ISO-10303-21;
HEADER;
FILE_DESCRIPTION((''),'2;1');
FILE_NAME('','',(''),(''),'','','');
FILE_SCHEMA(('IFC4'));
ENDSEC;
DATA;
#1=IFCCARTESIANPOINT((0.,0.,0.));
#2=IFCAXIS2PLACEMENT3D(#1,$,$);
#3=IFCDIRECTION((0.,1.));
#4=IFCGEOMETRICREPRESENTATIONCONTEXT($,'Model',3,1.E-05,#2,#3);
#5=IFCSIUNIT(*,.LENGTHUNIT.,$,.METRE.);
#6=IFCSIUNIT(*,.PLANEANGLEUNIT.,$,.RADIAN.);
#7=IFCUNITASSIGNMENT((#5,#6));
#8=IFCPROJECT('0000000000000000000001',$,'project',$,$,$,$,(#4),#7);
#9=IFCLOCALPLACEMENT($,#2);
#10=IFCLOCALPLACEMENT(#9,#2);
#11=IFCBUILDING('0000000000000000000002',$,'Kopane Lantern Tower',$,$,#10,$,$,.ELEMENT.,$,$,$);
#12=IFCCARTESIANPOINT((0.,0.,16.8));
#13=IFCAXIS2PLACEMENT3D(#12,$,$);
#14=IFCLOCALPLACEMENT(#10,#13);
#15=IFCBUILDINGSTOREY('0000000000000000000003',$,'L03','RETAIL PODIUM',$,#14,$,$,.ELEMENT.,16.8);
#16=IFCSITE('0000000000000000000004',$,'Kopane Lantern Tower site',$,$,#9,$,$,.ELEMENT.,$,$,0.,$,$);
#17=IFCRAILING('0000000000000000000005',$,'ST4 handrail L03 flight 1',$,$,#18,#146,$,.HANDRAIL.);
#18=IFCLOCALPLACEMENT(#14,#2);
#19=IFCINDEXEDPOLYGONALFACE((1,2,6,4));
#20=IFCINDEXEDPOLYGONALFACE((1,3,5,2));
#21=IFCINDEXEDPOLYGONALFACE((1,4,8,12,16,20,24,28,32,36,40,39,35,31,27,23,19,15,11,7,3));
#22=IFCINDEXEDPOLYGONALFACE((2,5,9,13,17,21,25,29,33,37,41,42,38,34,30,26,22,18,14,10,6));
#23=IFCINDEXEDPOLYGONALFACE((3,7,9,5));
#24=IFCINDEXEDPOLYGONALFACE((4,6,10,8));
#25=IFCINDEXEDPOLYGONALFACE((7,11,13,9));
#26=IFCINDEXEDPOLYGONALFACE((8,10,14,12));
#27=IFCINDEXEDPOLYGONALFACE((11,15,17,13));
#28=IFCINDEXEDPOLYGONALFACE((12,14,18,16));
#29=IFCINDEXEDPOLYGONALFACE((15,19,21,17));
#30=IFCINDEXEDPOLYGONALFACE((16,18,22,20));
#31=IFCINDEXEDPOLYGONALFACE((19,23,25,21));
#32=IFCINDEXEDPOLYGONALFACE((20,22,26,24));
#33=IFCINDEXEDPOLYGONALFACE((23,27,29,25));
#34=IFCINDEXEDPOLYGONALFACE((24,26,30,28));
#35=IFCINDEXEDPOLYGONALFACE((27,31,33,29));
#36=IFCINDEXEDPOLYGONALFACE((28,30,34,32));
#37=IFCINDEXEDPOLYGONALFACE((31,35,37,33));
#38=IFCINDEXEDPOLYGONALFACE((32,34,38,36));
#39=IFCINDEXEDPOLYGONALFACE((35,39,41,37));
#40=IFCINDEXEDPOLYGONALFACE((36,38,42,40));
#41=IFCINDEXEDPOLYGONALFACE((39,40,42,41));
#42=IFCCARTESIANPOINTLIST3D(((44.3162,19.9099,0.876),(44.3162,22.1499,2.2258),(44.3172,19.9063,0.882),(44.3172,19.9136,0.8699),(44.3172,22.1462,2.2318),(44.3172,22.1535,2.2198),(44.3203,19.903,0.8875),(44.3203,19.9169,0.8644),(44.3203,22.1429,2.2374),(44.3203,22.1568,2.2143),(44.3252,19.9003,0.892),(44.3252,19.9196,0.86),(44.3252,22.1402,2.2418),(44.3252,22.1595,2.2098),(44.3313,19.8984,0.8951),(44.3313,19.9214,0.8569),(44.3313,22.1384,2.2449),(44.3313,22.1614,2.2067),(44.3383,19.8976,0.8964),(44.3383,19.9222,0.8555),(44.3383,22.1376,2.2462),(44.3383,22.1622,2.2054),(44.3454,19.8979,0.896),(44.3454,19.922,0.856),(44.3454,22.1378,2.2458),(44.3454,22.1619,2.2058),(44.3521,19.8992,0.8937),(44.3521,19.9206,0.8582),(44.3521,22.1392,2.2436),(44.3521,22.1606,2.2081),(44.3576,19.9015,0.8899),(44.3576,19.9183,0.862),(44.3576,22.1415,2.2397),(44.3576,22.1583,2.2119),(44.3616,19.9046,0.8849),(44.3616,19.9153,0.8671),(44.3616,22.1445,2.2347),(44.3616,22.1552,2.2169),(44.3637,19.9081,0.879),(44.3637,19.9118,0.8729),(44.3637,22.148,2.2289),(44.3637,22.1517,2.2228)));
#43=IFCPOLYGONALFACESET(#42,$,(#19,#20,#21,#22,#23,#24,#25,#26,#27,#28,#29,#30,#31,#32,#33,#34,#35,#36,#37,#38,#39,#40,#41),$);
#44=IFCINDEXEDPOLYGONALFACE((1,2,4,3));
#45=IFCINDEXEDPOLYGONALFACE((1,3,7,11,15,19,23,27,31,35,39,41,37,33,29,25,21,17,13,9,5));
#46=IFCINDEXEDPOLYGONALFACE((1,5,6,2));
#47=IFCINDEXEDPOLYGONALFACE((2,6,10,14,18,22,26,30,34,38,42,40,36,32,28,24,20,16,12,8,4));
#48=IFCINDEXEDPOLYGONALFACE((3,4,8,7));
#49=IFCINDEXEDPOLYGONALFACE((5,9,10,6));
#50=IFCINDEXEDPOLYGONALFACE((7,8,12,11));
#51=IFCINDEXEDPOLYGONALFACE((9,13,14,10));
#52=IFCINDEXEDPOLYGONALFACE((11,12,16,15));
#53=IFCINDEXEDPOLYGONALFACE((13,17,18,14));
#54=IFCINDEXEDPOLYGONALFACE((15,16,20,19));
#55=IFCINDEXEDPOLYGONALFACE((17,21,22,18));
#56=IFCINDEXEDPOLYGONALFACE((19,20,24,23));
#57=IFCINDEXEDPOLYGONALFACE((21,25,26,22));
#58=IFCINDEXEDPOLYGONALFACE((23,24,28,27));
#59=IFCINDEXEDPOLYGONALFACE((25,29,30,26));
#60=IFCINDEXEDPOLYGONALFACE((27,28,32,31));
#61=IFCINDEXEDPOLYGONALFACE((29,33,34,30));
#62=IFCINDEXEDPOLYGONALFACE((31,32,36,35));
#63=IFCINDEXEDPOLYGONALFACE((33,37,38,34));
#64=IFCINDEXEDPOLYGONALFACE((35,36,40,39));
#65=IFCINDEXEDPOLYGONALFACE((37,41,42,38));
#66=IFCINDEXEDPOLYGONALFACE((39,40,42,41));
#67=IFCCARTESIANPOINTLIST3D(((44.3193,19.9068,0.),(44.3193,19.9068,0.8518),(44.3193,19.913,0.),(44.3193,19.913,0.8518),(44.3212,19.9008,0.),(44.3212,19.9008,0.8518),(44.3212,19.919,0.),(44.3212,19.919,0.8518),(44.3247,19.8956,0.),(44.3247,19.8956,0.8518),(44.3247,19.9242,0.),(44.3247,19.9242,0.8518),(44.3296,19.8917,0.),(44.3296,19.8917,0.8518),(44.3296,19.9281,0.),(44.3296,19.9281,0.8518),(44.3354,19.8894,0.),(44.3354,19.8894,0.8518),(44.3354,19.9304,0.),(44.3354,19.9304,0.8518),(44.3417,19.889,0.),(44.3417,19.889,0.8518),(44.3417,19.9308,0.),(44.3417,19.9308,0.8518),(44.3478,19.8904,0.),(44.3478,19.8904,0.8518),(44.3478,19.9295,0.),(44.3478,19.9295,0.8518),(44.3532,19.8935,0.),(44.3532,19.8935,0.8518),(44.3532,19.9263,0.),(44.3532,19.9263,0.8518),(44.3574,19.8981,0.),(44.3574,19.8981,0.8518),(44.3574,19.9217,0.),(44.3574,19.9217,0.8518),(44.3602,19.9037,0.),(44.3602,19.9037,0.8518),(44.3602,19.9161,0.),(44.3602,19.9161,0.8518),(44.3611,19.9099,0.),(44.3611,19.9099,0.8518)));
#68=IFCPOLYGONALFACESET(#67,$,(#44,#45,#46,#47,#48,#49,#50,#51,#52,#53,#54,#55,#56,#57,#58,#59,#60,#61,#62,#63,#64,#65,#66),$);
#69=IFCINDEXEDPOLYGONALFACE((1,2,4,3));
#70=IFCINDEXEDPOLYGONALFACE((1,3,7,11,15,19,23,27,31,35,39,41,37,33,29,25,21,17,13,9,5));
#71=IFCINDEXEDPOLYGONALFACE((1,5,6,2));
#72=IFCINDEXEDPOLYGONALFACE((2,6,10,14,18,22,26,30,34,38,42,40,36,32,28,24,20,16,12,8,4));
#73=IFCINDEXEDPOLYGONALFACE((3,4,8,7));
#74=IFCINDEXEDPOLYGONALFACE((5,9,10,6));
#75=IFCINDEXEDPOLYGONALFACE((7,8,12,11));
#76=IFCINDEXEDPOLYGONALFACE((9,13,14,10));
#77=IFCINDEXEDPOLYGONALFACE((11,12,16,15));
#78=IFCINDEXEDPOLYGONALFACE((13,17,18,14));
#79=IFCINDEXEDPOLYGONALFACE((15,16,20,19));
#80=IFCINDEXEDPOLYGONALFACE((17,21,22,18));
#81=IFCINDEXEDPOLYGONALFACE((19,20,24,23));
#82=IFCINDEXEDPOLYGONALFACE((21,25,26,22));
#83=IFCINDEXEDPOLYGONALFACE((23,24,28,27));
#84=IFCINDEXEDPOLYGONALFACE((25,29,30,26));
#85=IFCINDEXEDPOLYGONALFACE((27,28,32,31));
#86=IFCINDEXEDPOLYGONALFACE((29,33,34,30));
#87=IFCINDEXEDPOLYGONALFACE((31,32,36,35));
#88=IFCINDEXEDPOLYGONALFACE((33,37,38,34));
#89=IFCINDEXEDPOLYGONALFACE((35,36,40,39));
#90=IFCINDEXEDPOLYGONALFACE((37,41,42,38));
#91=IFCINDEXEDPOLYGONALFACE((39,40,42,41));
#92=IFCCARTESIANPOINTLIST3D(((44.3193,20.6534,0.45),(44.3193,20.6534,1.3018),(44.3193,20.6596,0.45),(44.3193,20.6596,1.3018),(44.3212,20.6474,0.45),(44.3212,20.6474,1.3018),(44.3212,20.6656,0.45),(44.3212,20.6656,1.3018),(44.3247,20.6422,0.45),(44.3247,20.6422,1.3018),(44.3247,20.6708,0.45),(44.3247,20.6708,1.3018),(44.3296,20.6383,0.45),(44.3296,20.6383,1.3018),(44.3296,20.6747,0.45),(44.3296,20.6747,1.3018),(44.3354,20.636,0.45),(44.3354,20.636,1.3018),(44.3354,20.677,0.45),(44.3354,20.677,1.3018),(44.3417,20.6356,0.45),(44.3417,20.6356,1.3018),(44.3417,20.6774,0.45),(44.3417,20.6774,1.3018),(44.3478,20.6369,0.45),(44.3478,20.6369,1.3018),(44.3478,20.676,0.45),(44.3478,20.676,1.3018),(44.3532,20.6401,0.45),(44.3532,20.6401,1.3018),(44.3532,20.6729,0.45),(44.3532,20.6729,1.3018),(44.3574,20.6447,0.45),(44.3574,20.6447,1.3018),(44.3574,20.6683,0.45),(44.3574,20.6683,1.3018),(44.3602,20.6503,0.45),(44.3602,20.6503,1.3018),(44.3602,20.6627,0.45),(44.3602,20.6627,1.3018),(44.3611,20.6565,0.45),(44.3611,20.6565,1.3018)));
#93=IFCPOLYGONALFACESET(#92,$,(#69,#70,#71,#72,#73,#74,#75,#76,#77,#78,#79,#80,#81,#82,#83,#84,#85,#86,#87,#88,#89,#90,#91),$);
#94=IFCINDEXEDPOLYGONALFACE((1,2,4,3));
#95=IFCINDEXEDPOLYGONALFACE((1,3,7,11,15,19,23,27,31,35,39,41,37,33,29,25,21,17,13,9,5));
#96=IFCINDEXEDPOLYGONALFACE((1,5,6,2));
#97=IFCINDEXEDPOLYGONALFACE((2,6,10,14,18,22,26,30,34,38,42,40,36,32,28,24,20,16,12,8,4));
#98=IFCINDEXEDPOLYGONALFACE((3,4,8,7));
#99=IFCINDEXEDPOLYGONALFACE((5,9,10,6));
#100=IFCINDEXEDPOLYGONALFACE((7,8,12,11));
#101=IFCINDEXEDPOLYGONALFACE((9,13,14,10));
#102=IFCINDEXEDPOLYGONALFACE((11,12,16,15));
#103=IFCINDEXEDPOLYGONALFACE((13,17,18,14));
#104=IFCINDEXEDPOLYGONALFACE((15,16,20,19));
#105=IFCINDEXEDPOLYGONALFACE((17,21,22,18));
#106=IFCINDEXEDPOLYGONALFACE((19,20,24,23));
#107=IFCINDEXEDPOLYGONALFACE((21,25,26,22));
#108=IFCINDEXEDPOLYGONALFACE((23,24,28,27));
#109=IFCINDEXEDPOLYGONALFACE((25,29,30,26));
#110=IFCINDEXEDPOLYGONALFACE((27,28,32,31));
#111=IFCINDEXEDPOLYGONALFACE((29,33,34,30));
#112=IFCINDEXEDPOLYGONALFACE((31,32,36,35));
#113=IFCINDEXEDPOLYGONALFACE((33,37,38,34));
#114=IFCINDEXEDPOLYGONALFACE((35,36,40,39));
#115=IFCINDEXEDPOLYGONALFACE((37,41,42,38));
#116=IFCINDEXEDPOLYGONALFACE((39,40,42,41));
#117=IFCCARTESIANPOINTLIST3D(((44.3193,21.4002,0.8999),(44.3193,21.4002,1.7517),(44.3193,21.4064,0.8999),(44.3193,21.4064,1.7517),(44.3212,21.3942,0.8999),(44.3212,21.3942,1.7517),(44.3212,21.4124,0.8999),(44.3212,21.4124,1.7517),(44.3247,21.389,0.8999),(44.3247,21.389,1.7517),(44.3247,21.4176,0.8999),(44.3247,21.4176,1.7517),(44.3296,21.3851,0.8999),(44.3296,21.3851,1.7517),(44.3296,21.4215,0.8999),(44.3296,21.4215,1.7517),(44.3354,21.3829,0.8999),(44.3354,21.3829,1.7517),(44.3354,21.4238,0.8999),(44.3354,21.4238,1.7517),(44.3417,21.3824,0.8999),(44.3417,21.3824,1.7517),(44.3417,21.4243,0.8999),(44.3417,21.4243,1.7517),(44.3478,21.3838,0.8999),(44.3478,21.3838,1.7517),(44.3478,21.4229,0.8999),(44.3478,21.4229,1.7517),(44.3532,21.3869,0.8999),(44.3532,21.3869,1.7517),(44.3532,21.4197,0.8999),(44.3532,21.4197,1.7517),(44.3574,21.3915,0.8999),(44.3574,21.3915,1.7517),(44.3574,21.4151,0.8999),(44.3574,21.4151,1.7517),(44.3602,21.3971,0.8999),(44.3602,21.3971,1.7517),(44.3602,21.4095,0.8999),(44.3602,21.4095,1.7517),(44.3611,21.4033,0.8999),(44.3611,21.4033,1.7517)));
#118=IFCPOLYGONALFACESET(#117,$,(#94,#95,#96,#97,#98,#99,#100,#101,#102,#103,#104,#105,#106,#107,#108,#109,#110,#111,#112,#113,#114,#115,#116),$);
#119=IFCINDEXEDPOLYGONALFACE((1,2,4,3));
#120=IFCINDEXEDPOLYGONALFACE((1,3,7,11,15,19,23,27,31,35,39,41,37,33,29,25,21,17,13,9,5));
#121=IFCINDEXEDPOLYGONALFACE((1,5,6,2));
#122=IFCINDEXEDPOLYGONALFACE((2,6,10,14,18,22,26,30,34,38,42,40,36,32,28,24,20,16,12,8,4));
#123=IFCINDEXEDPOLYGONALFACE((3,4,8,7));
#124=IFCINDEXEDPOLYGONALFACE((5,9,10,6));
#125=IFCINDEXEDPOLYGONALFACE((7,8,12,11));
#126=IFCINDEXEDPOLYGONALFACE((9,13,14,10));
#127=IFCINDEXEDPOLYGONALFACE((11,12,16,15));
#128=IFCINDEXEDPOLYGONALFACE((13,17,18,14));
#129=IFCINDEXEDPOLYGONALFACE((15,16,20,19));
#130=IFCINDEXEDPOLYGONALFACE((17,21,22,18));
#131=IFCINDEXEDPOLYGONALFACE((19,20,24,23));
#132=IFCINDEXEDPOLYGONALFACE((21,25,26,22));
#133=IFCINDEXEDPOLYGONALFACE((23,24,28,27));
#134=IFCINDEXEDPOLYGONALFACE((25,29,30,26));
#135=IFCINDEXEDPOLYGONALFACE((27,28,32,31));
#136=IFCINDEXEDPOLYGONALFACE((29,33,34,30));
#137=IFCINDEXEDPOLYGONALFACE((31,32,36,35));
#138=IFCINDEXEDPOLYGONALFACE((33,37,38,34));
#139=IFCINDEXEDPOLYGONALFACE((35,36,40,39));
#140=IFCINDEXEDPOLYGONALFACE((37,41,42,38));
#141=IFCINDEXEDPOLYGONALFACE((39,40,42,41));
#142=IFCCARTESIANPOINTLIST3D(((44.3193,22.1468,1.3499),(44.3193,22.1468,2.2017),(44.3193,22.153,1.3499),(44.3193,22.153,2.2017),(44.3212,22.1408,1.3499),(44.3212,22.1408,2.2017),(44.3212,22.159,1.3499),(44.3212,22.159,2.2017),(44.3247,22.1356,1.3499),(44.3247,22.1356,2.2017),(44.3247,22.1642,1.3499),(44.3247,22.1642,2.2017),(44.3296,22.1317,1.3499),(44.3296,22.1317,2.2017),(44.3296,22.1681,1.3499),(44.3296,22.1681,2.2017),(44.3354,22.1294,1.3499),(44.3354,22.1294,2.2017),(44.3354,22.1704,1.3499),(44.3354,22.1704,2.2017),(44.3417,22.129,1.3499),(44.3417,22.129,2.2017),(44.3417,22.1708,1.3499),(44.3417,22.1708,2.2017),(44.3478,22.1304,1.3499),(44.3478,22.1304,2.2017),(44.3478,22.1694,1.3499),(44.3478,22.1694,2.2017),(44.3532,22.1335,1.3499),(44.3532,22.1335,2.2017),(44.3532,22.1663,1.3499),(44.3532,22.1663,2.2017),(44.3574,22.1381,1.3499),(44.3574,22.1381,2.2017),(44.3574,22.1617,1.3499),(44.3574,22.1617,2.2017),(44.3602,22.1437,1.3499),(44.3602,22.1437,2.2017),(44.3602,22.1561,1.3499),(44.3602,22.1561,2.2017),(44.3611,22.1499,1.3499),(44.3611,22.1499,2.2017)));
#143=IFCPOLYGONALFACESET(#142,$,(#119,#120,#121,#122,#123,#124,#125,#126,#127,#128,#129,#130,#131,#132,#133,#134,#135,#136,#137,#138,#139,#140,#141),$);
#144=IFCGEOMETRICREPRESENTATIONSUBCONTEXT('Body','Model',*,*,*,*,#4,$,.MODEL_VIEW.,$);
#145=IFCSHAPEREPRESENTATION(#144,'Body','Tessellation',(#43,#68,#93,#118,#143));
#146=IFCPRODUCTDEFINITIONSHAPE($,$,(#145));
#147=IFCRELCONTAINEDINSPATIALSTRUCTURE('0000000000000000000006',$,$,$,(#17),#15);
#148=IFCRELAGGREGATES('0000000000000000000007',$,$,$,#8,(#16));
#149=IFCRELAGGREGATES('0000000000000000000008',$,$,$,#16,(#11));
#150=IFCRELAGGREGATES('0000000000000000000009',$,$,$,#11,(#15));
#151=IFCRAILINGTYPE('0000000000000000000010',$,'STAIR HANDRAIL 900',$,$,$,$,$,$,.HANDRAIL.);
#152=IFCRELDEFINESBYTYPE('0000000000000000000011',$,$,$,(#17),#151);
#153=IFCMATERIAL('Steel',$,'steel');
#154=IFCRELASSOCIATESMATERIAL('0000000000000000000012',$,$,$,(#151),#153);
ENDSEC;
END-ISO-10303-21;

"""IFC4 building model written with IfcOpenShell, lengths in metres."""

from ifc_helpers import new_model, si_unit, direction, frame, origin, origin_2d, place, context, subcontext, project, spatial, circle, extrude, material, type_object, element, save


model = new_model("IFC4")

# Units and contexts
model_context = context("Model", 3, precision=1e-05, world=origin(), true_north=direction((0.0, 1.0)))
body_context = subcontext(model_context, "Body", "Model", "MODEL_VIEW")
ifc_project = project(units=[si_unit("LENGTHUNIT", "METRE"), si_unit("PLANEANGLEUNIT", "RADIAN")], contexts=[model_context])

# Site, building, storey
site_placement = place(None, origin())
site = spatial("IfcSite", under=ifc_project, at=site_placement, Name="Kopane Lantern Tower site", CompositionType="ELEMENT", RefElevation=0.0)
building_placement = place(site_placement, origin())
building = spatial("IfcBuilding", under=site, at=building_placement, Name="Kopane Lantern Tower", CompositionType="ELEMENT")
storey_placement = place(building_placement, frame((0.0, 0.0, 16.8)))
storey = spatial("IfcBuildingStorey", under=building, at=storey_placement, Name="L03", Description="RETAIL PODIUM", CompositionType="ELEMENT", Elevation=16.8)

# Railing
ifc_material_1 = material(Name="Steel", Category="steel")
railing_type_1 = type_object("IfcRailingType", Name="STAIR HANDRAIL 900", PredefinedType="HANDRAIL", material=ifc_material_1)
railing_1_placement = place(storey_placement, frame((44.3401, 19.9099, 0.0)))
element("IfcRailing", 1, at=railing_1_placement, inside=storey, type_object=railing_type_1, Name="ST4 handrail L03 flight 1", PredefinedType="HANDRAIL", context=body_context, shape_type="SweptSolid", body=[
    extrude(circle(Radius=0.0239, at=origin_2d()), frame((0.0, 0.0, 0.876), z_axis=(0.0, 0.856503, 0.516142), x_axis=(-1.0, 0.0, 0.0)), (0.0, 0.0, 1.0), 2.6152),
    extrude(circle(Radius=0.021, at=origin_2d()), origin(), (0.0, 0.0, 1.0), 0.8518),
    extrude(circle(Radius=0.021, at=origin_2d()), frame((0.0, 0.7466, 0.45)), (0.0, 0.0, 1.0), 0.8518),
    extrude(circle(Radius=0.021, at=origin_2d()), frame((0.0, 1.4934, 0.8999)), (0.0, 0.0, 1.0), 0.8518),
    extrude(circle(Radius=0.021, at=origin_2d()), frame((0.0, 2.24, 1.3499)), (0.0, 0.0, 1.0), 0.8518),
])

save(model, "model.ifc")
